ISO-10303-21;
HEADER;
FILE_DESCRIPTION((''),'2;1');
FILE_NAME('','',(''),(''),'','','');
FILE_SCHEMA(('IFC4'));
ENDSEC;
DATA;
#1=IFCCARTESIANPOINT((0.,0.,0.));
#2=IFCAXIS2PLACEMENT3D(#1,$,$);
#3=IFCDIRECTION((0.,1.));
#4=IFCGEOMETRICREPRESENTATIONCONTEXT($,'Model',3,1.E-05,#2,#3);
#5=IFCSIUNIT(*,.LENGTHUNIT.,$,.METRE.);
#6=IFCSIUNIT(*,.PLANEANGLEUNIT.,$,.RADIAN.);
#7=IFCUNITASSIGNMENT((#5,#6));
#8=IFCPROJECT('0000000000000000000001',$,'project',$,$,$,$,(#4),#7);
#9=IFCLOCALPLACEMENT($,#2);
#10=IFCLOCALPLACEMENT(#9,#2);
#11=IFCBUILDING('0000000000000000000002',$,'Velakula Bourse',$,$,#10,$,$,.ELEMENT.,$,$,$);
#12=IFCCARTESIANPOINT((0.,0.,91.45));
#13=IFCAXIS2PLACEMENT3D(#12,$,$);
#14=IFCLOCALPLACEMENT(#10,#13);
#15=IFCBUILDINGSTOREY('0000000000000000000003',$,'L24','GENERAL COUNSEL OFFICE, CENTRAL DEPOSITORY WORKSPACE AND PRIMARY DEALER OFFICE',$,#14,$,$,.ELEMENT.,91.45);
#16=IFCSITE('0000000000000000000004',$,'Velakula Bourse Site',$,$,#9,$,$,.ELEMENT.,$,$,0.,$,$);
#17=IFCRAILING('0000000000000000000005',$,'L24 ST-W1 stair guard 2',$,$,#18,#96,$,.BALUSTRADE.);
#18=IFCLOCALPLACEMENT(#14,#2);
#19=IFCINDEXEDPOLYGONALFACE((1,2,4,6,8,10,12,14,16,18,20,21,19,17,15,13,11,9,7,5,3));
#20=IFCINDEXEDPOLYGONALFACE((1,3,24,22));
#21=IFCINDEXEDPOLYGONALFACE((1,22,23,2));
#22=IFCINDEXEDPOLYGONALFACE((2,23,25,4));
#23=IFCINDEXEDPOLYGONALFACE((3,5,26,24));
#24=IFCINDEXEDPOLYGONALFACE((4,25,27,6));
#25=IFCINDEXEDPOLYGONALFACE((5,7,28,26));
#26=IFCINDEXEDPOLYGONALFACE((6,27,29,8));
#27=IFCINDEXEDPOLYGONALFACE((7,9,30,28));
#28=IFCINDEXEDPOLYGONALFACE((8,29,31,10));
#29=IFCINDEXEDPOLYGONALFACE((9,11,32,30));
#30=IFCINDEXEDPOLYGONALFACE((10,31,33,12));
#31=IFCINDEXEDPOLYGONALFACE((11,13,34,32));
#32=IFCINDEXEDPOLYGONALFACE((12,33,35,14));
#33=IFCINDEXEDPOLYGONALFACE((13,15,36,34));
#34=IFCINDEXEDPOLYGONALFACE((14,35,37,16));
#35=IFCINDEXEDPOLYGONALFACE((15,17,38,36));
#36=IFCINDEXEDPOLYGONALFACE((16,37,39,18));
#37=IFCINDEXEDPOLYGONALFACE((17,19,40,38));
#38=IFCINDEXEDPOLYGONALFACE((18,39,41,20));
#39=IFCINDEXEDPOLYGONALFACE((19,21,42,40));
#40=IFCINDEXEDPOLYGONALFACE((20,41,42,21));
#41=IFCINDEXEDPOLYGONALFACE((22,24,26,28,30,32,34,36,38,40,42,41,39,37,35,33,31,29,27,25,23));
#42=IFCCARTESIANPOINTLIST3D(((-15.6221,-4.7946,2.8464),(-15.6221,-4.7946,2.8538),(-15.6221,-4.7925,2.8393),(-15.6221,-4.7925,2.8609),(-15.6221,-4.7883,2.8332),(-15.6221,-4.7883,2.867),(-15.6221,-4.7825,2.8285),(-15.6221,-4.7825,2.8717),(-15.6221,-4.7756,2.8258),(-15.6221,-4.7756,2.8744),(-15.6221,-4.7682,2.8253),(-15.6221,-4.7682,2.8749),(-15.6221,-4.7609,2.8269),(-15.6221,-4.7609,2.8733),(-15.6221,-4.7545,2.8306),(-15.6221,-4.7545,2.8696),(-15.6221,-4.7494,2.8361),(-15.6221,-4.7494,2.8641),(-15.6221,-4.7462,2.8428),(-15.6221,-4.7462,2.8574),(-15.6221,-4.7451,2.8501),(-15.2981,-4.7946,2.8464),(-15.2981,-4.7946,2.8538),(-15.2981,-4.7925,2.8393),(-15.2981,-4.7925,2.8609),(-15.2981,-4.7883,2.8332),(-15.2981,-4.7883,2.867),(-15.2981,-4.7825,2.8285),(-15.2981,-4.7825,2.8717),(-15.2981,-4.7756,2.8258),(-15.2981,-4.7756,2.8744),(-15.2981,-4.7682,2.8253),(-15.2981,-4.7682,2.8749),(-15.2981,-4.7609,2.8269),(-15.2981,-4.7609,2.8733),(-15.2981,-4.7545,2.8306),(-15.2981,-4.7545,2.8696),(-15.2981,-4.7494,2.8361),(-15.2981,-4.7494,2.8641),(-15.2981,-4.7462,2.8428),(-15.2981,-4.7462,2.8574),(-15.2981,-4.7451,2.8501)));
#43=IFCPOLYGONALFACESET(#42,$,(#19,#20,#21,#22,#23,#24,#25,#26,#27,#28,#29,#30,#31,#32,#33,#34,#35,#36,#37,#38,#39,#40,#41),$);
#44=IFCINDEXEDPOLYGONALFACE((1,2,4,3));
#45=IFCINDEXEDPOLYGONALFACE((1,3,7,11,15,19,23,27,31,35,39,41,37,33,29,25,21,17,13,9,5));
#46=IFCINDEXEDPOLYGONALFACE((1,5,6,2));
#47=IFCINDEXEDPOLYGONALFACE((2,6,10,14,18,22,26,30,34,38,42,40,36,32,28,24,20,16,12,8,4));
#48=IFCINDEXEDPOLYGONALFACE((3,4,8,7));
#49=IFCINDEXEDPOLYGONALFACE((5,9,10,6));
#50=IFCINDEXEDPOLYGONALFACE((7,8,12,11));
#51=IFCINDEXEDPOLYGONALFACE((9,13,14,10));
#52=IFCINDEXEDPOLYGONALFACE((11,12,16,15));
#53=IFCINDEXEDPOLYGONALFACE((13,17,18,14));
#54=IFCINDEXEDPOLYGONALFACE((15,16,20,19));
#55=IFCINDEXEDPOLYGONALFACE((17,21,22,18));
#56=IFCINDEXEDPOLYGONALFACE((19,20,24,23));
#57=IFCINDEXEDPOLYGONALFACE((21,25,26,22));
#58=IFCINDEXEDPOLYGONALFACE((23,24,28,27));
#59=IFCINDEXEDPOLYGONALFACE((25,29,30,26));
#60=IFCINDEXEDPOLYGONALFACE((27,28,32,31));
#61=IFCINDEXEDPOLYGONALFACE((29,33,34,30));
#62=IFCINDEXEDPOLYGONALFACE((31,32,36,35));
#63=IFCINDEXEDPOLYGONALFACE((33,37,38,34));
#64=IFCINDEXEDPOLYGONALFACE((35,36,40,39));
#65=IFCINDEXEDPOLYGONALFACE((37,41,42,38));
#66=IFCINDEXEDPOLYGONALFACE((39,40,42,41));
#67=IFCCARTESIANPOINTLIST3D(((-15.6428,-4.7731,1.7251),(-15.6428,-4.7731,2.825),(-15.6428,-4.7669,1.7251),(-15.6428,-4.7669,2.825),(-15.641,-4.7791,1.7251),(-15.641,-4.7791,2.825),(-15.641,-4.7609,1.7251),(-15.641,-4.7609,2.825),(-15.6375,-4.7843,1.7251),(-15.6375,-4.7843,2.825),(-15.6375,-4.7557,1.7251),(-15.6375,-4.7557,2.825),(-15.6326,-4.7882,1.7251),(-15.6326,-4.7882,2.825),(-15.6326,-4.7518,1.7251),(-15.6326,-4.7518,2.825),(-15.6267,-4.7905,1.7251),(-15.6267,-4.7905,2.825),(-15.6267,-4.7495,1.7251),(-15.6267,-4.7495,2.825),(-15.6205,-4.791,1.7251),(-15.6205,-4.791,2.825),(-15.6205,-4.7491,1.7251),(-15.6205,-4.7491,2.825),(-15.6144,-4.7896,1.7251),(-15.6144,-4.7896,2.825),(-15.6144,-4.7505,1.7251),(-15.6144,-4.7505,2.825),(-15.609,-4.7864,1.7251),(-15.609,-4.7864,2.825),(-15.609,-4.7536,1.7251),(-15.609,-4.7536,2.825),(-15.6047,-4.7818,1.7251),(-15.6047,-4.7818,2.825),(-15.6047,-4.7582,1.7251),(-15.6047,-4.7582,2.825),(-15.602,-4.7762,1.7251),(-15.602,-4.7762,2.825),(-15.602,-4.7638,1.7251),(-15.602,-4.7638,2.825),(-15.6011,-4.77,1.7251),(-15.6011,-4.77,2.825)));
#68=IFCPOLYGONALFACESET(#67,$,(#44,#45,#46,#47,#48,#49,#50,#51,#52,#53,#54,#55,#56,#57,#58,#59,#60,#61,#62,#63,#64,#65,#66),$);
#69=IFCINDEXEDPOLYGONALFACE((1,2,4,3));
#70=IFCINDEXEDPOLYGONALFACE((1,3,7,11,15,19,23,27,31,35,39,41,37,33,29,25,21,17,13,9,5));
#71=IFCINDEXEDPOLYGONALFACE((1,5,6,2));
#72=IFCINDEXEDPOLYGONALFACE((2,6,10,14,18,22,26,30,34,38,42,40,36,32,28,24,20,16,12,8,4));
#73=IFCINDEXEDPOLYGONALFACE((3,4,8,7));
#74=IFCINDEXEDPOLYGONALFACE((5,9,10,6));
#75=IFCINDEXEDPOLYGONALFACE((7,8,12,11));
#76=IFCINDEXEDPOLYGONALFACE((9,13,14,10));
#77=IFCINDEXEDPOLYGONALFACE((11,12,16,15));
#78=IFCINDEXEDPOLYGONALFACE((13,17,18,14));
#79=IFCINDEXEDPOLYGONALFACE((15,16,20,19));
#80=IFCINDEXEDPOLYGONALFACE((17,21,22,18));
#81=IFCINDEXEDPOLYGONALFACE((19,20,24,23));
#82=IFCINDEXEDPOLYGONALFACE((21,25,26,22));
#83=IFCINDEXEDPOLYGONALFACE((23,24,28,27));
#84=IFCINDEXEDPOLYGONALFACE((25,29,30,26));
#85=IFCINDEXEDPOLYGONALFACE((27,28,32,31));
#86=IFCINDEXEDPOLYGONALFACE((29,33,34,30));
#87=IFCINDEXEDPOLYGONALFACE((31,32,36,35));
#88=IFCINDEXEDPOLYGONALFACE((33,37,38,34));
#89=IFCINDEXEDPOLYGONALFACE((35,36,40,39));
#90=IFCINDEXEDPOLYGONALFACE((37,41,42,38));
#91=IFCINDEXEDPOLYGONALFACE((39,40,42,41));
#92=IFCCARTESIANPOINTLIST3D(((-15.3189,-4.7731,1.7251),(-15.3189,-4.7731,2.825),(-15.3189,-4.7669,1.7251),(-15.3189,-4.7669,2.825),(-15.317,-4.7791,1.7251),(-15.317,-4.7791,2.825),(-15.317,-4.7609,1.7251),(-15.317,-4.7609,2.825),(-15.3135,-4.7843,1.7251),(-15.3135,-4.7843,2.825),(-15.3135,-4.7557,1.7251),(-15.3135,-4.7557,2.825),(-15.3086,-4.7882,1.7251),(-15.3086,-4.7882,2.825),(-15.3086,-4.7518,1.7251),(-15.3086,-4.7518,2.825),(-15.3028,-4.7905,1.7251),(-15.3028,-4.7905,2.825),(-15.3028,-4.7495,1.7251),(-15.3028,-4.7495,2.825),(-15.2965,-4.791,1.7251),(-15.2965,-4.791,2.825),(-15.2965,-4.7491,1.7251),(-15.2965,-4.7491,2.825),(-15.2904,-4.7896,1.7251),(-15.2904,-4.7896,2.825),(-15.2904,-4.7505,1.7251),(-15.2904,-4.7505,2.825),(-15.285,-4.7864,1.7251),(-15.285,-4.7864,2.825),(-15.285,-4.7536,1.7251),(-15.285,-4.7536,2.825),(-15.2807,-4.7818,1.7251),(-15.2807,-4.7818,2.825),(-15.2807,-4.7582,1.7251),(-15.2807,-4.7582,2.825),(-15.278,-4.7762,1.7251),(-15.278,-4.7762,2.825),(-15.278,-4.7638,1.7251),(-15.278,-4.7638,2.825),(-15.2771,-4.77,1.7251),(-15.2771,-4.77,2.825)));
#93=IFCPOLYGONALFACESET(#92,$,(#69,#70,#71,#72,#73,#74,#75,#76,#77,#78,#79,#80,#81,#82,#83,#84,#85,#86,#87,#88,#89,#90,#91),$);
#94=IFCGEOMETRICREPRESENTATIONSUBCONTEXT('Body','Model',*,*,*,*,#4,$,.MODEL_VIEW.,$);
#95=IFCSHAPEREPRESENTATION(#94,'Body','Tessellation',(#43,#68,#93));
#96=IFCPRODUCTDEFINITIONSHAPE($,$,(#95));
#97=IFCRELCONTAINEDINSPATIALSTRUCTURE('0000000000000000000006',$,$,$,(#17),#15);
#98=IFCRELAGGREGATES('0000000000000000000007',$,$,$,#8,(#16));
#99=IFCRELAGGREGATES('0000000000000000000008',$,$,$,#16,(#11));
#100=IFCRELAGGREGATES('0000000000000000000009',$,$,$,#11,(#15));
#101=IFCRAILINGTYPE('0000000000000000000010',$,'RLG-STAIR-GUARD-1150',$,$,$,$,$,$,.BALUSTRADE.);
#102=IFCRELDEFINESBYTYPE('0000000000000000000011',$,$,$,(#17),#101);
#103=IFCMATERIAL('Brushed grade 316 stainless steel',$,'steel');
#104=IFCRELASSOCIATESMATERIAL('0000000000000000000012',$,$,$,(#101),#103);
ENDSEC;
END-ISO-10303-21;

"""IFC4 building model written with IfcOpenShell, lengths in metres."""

from ifc_helpers import new_model, si_unit, direction, frame, origin, origin_2d, place, context, subcontext, project, spatial, circle, extrude, material, type_object, element, save


model = new_model("IFC4")

# Units and contexts
model_context = context("Model", 3, precision=1e-05, world=origin(), true_north=direction((0.0, 1.0)))
body_context = subcontext(model_context, "Body", "Model", "MODEL_VIEW")
ifc_project = project(units=[si_unit("LENGTHUNIT", "METRE"), si_unit("PLANEANGLEUNIT", "RADIAN")], contexts=[model_context])

# Site, building, storey
site_placement = place(None, origin())
site = spatial("IfcSite", under=ifc_project, at=site_placement, Name="Velakula Bourse Site", CompositionType="ELEMENT", RefElevation=0.0)
building_placement = place(site_placement, origin())
building = spatial("IfcBuilding", under=site, at=building_placement, Name="Velakula Bourse", CompositionType="ELEMENT")
storey_placement = place(building_placement, frame((0.0, 0.0, 91.45)))
storey = spatial("IfcBuildingStorey", under=building, at=storey_placement, Name="L24", Description="GENERAL COUNSEL OFFICE, CENTRAL DEPOSITORY WORKSPACE AND PRIMARY DEALER OFFICE", CompositionType="ELEMENT", Elevation=91.45)

# Shared definitions
ifc_material_1 = material(Name="Brushed grade 316 stainless steel", Category="steel")

# Railing
railing_type_1 = type_object("IfcRailingType", Name="RLG-STAIR-GUARD-1150", PredefinedType="BALUSTRADE", material=ifc_material_1)
railing_1_placement = place(storey_placement, frame((-15.6221, -4.77, 1.7251)))
element("IfcRailing", 1, at=railing_1_placement, inside=storey, type_object=railing_type_1, Name="L24 ST-W1 stair guard 2", PredefinedType="BALUSTRADE", context=body_context, shape_type="SweptSolid", body=[
    extrude(circle(Radius=0.0249, at=origin_2d()), frame((0.0, 0.0, 1.125), z_axis=(1.0, 0.0, 0.0), x_axis=(0.0, 1.0, 0.0)), (0.0, 0.0, 1.0), 0.324),
    extrude(circle(Radius=0.021, at=origin_2d()), origin(), (0.0, 0.0, 1.0), 1.0999),
    extrude(circle(Radius=0.021, at=origin_2d()), frame((0.324, 0.0, 0.0)), (0.0, 0.0, 1.0), 1.0999),
])

save(model, "model.ifc")
